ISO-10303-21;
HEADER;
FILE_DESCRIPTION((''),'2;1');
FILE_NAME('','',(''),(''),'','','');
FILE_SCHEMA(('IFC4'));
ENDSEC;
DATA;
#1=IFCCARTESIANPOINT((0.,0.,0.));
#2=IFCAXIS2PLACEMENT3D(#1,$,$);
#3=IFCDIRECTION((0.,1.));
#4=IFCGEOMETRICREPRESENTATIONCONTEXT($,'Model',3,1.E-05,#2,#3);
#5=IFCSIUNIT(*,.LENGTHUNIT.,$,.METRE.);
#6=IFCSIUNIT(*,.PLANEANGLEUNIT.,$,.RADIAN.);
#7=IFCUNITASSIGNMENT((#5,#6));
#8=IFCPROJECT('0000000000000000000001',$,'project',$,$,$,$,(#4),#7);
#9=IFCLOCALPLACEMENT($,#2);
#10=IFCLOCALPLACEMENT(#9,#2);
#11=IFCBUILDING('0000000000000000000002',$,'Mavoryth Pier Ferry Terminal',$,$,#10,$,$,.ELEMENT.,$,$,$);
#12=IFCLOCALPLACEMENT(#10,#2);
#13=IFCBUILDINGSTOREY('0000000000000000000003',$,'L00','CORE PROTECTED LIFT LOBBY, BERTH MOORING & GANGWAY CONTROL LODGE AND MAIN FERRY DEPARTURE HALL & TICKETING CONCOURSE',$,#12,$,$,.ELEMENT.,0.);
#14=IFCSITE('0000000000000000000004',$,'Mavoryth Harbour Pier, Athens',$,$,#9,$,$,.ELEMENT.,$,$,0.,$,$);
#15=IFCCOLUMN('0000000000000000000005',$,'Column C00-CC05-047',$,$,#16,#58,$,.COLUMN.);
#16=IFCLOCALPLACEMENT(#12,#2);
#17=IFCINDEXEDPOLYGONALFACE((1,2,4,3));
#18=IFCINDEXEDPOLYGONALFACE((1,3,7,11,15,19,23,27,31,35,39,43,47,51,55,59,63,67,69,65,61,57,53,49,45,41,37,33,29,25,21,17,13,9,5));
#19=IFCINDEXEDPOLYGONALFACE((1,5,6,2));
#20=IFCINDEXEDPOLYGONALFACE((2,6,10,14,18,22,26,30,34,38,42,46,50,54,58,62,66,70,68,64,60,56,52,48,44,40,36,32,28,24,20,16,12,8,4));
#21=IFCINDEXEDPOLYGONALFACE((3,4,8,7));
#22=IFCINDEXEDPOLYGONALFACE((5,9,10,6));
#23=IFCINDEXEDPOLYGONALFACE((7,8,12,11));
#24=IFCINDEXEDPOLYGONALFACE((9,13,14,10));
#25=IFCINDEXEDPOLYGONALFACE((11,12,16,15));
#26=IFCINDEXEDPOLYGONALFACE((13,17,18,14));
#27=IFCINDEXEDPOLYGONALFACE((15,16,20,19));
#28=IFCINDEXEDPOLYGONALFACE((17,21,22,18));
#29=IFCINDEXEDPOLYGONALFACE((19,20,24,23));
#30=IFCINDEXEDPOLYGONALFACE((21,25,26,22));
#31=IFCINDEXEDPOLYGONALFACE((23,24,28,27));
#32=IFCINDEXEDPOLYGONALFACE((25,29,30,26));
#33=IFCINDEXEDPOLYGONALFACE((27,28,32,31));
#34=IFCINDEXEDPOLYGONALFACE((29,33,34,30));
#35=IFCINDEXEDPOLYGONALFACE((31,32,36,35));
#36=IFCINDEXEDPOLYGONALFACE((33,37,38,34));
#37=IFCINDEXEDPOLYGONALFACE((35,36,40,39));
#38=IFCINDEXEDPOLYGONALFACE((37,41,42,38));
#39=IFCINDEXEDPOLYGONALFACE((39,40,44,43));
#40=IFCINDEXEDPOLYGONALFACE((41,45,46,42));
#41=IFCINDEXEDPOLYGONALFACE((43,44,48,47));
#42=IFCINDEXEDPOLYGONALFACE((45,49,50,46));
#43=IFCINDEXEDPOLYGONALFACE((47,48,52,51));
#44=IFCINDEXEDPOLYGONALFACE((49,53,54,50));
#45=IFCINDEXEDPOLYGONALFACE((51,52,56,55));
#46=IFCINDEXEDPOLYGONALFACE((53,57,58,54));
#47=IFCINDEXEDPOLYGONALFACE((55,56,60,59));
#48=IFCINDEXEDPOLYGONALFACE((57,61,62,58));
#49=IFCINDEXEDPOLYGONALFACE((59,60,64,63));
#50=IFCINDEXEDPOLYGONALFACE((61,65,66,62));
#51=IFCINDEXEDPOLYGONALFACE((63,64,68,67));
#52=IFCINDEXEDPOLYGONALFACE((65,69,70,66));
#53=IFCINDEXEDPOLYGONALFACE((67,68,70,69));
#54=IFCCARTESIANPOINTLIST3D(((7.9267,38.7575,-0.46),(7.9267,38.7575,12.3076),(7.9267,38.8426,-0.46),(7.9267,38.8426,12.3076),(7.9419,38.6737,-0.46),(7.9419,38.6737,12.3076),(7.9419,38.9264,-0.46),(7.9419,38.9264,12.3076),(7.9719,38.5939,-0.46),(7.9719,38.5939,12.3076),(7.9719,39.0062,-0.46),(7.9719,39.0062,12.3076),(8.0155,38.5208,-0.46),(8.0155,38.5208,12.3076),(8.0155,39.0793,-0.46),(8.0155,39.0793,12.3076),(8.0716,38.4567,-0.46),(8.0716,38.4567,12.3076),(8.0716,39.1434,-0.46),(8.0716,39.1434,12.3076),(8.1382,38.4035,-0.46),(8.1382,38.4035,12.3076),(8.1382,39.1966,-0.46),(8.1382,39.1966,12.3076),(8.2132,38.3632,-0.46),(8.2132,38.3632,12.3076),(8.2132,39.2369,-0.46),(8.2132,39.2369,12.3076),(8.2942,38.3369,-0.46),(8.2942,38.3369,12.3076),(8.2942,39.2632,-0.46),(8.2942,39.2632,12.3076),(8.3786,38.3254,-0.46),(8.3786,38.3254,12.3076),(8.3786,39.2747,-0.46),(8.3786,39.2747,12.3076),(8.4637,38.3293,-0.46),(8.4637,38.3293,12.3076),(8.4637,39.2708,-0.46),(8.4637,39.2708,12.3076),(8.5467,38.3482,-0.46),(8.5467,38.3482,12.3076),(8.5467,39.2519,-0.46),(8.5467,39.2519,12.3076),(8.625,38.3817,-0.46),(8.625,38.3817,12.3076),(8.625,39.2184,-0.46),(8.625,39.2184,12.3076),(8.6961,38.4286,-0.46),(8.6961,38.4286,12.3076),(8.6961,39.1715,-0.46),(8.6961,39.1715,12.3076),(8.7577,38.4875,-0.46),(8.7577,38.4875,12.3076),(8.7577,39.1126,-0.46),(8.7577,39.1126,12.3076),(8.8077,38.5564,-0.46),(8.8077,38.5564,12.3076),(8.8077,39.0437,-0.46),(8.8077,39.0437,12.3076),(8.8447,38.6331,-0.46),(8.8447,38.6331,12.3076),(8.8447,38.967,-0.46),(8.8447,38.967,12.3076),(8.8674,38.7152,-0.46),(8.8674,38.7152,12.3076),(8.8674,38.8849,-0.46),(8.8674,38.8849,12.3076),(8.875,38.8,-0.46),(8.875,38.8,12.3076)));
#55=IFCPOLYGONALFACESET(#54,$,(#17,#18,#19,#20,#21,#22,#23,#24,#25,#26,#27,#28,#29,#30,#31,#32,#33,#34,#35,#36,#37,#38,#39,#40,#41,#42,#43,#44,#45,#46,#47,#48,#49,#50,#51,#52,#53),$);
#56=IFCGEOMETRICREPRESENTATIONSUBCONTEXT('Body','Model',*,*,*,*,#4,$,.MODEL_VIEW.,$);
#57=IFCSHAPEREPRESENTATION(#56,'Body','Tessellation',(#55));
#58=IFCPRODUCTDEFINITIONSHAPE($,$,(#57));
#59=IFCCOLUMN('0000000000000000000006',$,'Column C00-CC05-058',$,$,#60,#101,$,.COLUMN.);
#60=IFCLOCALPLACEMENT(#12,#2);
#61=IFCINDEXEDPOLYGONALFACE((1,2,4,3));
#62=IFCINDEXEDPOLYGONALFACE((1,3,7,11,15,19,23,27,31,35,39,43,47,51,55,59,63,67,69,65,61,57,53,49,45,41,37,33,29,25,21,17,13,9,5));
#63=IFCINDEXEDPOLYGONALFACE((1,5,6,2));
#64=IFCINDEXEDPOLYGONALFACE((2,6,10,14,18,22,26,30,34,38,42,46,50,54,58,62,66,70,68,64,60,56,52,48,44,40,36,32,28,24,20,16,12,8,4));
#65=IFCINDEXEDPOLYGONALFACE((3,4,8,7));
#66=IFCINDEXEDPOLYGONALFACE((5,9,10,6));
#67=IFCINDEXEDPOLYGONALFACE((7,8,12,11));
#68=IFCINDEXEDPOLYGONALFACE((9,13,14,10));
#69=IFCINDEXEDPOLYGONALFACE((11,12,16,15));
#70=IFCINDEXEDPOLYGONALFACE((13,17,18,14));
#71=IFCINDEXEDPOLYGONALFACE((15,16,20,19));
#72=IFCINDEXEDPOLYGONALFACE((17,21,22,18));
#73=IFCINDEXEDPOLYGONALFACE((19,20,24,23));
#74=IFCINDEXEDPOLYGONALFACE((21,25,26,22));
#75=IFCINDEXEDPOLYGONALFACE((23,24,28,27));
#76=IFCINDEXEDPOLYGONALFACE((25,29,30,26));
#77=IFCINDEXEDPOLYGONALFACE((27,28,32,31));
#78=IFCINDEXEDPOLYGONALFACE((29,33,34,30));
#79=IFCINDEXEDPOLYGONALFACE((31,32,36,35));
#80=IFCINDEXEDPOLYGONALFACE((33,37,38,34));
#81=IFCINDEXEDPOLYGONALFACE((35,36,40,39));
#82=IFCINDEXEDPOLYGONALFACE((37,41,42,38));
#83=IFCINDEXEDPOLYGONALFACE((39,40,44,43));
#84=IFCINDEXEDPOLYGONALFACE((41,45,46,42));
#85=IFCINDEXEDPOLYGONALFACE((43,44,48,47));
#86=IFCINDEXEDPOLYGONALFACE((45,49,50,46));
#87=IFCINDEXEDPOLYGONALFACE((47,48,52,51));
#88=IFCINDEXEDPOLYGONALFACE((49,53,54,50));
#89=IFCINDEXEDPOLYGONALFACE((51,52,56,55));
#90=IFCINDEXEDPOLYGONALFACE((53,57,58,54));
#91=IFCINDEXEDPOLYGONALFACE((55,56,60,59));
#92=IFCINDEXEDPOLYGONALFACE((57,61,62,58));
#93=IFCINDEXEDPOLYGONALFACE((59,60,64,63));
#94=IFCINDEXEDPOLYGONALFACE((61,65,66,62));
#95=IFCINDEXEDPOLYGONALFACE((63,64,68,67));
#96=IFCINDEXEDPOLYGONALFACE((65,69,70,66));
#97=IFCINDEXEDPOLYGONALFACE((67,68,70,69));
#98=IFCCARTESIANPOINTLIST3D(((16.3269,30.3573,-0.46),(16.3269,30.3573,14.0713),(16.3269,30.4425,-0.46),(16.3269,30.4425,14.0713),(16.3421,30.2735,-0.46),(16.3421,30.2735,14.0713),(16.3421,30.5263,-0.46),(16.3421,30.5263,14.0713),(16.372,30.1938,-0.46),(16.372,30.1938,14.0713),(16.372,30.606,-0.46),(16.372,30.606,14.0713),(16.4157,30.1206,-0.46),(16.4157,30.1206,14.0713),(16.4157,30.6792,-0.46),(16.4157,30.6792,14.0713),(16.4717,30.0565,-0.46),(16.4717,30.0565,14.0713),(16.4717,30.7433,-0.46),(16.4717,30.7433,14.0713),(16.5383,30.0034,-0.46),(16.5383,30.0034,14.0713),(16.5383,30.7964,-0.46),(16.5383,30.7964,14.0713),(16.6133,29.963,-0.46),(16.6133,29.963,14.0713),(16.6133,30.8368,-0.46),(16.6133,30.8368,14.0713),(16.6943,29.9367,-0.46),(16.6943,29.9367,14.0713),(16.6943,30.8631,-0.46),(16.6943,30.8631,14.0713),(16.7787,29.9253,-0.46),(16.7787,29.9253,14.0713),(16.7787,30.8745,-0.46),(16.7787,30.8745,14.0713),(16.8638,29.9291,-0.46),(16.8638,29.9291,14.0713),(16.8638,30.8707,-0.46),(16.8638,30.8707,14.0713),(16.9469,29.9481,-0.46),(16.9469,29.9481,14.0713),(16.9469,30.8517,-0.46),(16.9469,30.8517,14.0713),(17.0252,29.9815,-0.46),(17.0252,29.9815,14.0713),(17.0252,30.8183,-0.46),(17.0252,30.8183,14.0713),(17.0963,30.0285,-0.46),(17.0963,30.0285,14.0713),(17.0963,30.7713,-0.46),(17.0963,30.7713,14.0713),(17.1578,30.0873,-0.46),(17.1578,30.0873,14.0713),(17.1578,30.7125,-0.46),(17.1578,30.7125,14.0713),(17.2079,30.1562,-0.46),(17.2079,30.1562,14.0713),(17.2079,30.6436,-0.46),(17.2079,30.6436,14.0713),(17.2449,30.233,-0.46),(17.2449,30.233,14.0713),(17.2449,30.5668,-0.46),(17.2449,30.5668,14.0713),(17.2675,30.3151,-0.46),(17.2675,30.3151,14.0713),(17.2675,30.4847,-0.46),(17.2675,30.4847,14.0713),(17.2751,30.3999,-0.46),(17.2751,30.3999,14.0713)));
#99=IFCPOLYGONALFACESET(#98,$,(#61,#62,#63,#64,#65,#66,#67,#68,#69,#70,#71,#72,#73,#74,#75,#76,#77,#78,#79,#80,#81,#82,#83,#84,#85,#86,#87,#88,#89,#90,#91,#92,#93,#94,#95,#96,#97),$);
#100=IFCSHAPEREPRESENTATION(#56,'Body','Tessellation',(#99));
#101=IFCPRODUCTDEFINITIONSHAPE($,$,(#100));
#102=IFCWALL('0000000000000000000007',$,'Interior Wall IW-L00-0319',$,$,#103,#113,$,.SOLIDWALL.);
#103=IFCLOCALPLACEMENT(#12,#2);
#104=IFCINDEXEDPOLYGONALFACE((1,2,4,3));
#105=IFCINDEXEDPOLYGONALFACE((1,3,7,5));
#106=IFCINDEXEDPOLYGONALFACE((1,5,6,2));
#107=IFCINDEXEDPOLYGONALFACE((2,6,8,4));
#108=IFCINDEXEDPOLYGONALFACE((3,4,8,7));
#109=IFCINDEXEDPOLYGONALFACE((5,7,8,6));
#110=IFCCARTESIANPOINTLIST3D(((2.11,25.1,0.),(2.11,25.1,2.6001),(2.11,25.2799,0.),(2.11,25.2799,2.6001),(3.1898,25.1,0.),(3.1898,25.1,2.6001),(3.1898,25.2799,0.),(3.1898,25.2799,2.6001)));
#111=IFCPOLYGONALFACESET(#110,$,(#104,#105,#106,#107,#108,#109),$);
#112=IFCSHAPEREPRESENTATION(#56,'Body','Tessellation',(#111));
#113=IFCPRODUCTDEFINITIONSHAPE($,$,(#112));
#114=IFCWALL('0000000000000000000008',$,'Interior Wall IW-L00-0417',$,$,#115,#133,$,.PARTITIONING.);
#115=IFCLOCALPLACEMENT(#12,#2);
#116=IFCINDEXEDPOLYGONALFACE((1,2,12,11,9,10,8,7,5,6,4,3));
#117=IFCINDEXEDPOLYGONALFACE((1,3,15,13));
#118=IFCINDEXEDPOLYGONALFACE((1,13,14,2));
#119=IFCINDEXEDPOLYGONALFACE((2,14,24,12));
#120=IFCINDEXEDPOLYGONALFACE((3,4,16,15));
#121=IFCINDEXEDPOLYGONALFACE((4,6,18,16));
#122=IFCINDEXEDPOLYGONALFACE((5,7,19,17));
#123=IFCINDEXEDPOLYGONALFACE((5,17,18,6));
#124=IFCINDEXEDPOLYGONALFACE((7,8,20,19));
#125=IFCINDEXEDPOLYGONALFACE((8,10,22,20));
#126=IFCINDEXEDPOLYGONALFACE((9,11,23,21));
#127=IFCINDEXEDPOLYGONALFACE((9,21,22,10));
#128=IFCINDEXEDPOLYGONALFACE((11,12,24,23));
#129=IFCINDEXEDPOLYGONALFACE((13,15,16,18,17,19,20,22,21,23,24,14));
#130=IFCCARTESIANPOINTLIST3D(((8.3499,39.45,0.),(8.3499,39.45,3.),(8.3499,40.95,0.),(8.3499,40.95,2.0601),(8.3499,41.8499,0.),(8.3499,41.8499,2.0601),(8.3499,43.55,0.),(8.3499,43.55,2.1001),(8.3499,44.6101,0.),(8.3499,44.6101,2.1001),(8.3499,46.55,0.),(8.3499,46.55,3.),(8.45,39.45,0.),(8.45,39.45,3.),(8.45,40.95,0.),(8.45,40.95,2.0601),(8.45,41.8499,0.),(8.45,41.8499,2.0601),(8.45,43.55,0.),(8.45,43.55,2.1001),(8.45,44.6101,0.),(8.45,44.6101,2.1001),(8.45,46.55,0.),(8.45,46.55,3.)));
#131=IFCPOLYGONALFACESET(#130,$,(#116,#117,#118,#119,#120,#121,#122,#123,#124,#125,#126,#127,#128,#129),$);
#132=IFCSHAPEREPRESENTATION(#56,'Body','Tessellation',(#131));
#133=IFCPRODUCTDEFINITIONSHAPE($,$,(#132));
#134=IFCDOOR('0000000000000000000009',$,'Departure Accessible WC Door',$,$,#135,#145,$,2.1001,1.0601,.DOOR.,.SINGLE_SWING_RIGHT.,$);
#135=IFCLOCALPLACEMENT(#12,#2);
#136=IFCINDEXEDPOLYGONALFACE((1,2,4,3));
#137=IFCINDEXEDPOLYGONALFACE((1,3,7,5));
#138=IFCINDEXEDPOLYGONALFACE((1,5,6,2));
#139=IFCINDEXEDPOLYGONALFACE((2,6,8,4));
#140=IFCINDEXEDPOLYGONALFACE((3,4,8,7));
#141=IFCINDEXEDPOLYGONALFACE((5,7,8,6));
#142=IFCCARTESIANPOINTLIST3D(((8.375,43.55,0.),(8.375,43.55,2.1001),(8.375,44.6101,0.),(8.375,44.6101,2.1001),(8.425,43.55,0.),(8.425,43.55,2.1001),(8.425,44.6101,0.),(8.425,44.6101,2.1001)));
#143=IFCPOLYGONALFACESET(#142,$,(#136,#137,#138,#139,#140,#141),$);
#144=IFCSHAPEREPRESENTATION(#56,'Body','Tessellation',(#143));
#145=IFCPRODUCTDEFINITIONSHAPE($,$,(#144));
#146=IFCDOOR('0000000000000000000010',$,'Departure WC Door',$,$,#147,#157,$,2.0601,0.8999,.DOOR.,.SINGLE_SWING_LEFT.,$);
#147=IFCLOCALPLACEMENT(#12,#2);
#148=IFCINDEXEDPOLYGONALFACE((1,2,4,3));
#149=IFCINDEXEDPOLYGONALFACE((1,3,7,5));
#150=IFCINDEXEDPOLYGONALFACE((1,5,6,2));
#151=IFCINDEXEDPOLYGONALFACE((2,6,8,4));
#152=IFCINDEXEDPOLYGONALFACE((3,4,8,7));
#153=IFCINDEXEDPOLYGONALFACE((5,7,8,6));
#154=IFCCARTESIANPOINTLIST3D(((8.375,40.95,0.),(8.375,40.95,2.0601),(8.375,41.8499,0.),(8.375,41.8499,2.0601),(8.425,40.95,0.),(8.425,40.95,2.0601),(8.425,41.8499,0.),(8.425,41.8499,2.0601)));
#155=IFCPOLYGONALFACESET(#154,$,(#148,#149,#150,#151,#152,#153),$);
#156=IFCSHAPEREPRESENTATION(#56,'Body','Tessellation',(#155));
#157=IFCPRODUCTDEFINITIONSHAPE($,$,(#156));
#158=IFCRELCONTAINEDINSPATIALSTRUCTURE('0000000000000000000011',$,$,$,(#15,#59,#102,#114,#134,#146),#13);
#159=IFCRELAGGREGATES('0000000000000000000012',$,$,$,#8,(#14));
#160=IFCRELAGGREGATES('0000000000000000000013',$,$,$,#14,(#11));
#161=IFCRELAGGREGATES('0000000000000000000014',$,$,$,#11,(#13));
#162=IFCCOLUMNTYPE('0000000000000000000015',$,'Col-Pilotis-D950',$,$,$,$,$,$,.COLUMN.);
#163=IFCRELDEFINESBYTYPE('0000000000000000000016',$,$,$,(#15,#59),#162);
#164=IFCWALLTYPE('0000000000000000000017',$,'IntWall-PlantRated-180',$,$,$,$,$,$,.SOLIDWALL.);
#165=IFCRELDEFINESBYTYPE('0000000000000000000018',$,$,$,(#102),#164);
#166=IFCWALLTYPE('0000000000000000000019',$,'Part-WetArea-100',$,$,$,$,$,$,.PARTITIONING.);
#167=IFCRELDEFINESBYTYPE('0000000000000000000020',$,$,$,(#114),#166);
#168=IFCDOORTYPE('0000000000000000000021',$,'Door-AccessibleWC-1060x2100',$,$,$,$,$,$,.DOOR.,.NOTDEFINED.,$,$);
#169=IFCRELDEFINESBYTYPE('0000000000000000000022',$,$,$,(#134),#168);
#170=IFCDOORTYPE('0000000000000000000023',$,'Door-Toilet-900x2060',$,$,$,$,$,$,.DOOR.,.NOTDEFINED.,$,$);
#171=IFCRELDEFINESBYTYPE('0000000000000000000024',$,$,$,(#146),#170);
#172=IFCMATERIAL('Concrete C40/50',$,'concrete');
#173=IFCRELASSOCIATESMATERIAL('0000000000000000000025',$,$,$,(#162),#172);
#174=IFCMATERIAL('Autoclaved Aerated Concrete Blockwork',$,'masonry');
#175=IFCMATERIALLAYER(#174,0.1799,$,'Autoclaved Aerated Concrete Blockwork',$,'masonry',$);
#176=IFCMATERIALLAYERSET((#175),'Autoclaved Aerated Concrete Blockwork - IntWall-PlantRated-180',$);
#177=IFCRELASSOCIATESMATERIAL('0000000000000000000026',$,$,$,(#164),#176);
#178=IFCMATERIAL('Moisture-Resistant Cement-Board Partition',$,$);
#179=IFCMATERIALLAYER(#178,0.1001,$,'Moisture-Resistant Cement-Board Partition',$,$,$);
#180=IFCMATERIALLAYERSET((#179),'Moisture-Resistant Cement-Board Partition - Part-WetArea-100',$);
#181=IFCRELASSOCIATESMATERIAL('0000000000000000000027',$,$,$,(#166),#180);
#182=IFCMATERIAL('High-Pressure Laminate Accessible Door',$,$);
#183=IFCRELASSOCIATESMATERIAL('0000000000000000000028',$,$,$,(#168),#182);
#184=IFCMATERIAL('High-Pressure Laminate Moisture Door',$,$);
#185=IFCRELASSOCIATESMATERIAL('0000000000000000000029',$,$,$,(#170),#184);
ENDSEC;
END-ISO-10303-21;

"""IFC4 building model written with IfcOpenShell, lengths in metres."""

from ifc_helpers import new_model, si_unit, direction, frame, frame_2d, origin, origin_2d, place, context, subcontext, project, spatial, rectangle, circle, extrude, material, layer, layer_set, material_profile, profile_set, type_object, element, fill, save


model = new_model("IFC4")

# Units and contexts
model_context = context("Model", 3, precision=1e-05, world=origin(), true_north=direction((0.0, 1.0)))
body_context = subcontext(model_context, "Body", "Model", "MODEL_VIEW")
ifc_project = project(units=[si_unit("LENGTHUNIT", "METRE"), si_unit("PLANEANGLEUNIT", "RADIAN")], contexts=[model_context])

# Site, building, storey
site_placement = place(None, origin())
site = spatial("IfcSite", under=ifc_project, at=site_placement, Name="Mavoryth Harbour Pier, Athens", CompositionType="ELEMENT", RefElevation=0.0)
building_placement = place(site_placement, origin())
building = spatial("IfcBuilding", under=site, at=building_placement, Name="Mavoryth Pier Ferry Terminal", CompositionType="ELEMENT")
storey_placement = place(building_placement, origin())
storey = spatial("IfcBuildingStorey", under=building, at=storey_placement, Name="L00", Description="CORE PROTECTED LIFT LOBBY, BERTH MOORING & GANGWAY CONTROL LODGE AND MAIN FERRY DEPARTURE HALL & TICKETING CONCOURSE", CompositionType="ELEMENT", Elevation=0.0)

# Columns
ifc_material_1 = material(Name="Concrete C40/50", Category="concrete")
ifc_material_profile_1 = material_profile(ifc_material_1, circle(Radius=0.4751, at=origin_2d()), Name="RC D950", Category="concrete")
ifc_profile_set_1 = profile_set([ifc_material_profile_1], Name="Concrete C40/50 - RC D950")
column_type = type_object("IfcColumnType", Name="Col-Pilotis-D950", PredefinedType="COLUMN", material=ifc_profile_set_1)
column_1_placement = place(storey_placement, frame((8.3999, 38.8, -0.46), z_axis=(0.0, 0.0, 1.0), x_axis=(1.0, 0.0, 0.0)))
element("IfcColumn", 1, at=column_1_placement, inside=storey, type_object=column_type, Name="Column C00-CC05-047", PredefinedType="COLUMN", context=body_context, shape_type="SweptSolid", body=[
    extrude(circle(Radius=0.4751, at=origin_2d()), origin(), (0.0, 0.0, 1.0), 12.7676),
])
column_2_placement = place(storey_placement, frame((16.8, 30.3999, -0.46), z_axis=(0.0, 0.0, 1.0), x_axis=(1.0, 0.0, 0.0)))
element("IfcColumn", 2, at=column_2_placement, inside=storey, type_object=column_type, Name="Column C00-CC05-058", PredefinedType="COLUMN", context=body_context, shape_type="SweptSolid", body=[
    extrude(circle(Radius=0.4751, at=origin_2d()), origin(), (0.0, 0.0, 1.0), 14.5312),
])

# Wall
ifc_material_2 = material(Name="Autoclaved Aerated Concrete Blockwork", Category="masonry")
ifc_layer_1 = layer(ifc_material_2, 0.1799, Name="Autoclaved Aerated Concrete Blockwork", Category="masonry")
ifc_layer_set_1 = layer_set([ifc_layer_1], Name="Autoclaved Aerated Concrete Blockwork - IntWall-PlantRated-180")
wall_type_1 = type_object("IfcWallType", Name="IntWall-PlantRated-180", PredefinedType="SOLIDWALL", material=ifc_layer_set_1)
wall_1_placement = place(storey_placement, frame((3.1899, 25.1899, 0.0), z_axis=(0.0, 0.0, 1.0), x_axis=(-1.0, 0.0, 0.0)))
element("IfcWall", 3, at=wall_1_placement, inside=storey, type_object=wall_type_1, Name="Interior Wall IW-L00-0319", PredefinedType="SOLIDWALL", context=body_context, shape_type="SweptSolid", body=[
    extrude(rectangle(XDim=1.0798, YDim=0.1799, at=frame_2d((0.54, 0.0))), origin(), (0.0, 0.0, 1.0), 2.6001),
])

# Wall, openings, doors
ifc_material_3 = material(Name="Moisture-Resistant Cement-Board Partition")
ifc_layer_2 = layer(ifc_material_3, 0.1001, Name="Moisture-Resistant Cement-Board Partition")
ifc_layer_set_2 = layer_set([ifc_layer_2], Name="Moisture-Resistant Cement-Board Partition - Part-WetArea-100")
wall_type_2 = type_object("IfcWallType", Name="Part-WetArea-100", PredefinedType="PARTITIONING", material=ifc_layer_set_2)
wall_2_placement = place(storey_placement, frame((8.3999, 39.45, 0.0), z_axis=(0.0, 0.0, 1.0), x_axis=(0.0, 1.0, 0.0)))
wall_2 = element("IfcWall", 4, at=wall_2_placement, inside=storey, type_object=wall_type_2, Name="Interior Wall IW-L00-0417", PredefinedType="PARTITIONING", context=body_context, shape_type="SweptSolid", body=[
    extrude(rectangle(XDim=7.1001, YDim=0.1001, at=frame_2d((3.55, 0.0))), origin(), (0.0, 0.0, 1.0), 3.0),
])
opening_1_placement = place(wall_2_placement, frame((1.5, 0.0, 0.0)))
opening_1 = element("IfcOpeningElement", 5, at=opening_1_placement, cuts=wall_2, PredefinedType="OPENING", context=body_context, shape_type="SweptSolid", body=[
    extrude(rectangle(XDim=0.8999, YDim=2.0601, at=frame_2d((0.45, 1.03))), frame((0.0, 0.0601, 0.0), z_axis=(0.0, -1.0, 0.0), x_axis=(1.0, 0.0, 0.0)), (0.0, 0.0, 1.0), 0.1201),
])
opening_2_placement = place(wall_2_placement, frame((4.1001, 0.0, 0.0)))
opening_2 = element("IfcOpeningElement", 6, at=opening_2_placement, cuts=wall_2, PredefinedType="OPENING", context=body_context, shape_type="SweptSolid", body=[
    extrude(rectangle(XDim=1.0601, YDim=2.1001, at=frame_2d((0.53, 1.05))), frame((0.0, 0.0601, 0.0), z_axis=(0.0, -1.0, 0.0), x_axis=(1.0, 0.0, 0.0)), (0.0, 0.0, 1.0), 0.1201),
])
ifc_material_4 = material(Name="High-Pressure Laminate Accessible Door")
door_type_1 = type_object("IfcDoorType", Name="Door-AccessibleWC-1060x2100", OperationType="NOTDEFINED", PredefinedType="DOOR", material=ifc_material_4)
door_1_placement = place(opening_2_placement, origin())
door_1 = element("IfcDoor", 7, at=door_1_placement, inside=storey, type_object=door_type_1, Name="Departure Accessible WC Door", OperationType="SINGLE_SWING_RIGHT", OverallHeight=2.1001, OverallWidth=1.0601, PredefinedType="DOOR", context=body_context, shape_type="SweptSolid", body=[
    extrude(rectangle(XDim=1.0601, YDim=2.1001, at=frame_2d((0.53, 1.05))), frame((0.0, 0.0249, 0.0), z_axis=(0.0, -1.0, 0.0), x_axis=(1.0, 0.0, 0.0)), (0.0, 0.0, 1.0), 0.05),
])
fill(opening_2, door_1)
ifc_material_5 = material(Name="High-Pressure Laminate Moisture Door")
door_type_2 = type_object("IfcDoorType", Name="Door-Toilet-900x2060", OperationType="NOTDEFINED", PredefinedType="DOOR", material=ifc_material_5)
door_2_placement = place(opening_1_placement, origin())
door_2 = element("IfcDoor", 8, at=door_2_placement, inside=storey, type_object=door_type_2, Name="Departure WC Door", OperationType="SINGLE_SWING_LEFT", OverallHeight=2.0601, OverallWidth=0.8999, PredefinedType="DOOR", context=body_context, shape_type="SweptSolid", body=[
    extrude(rectangle(XDim=0.8999, YDim=2.0601, at=frame_2d((0.45, 1.03))), frame((0.0, 0.0249, 0.0), z_axis=(0.0, -1.0, 0.0), x_axis=(1.0, 0.0, 0.0)), (0.0, 0.0, 1.0), 0.05),
])
fill(opening_1, door_2)

save(model, "model.ifc")
